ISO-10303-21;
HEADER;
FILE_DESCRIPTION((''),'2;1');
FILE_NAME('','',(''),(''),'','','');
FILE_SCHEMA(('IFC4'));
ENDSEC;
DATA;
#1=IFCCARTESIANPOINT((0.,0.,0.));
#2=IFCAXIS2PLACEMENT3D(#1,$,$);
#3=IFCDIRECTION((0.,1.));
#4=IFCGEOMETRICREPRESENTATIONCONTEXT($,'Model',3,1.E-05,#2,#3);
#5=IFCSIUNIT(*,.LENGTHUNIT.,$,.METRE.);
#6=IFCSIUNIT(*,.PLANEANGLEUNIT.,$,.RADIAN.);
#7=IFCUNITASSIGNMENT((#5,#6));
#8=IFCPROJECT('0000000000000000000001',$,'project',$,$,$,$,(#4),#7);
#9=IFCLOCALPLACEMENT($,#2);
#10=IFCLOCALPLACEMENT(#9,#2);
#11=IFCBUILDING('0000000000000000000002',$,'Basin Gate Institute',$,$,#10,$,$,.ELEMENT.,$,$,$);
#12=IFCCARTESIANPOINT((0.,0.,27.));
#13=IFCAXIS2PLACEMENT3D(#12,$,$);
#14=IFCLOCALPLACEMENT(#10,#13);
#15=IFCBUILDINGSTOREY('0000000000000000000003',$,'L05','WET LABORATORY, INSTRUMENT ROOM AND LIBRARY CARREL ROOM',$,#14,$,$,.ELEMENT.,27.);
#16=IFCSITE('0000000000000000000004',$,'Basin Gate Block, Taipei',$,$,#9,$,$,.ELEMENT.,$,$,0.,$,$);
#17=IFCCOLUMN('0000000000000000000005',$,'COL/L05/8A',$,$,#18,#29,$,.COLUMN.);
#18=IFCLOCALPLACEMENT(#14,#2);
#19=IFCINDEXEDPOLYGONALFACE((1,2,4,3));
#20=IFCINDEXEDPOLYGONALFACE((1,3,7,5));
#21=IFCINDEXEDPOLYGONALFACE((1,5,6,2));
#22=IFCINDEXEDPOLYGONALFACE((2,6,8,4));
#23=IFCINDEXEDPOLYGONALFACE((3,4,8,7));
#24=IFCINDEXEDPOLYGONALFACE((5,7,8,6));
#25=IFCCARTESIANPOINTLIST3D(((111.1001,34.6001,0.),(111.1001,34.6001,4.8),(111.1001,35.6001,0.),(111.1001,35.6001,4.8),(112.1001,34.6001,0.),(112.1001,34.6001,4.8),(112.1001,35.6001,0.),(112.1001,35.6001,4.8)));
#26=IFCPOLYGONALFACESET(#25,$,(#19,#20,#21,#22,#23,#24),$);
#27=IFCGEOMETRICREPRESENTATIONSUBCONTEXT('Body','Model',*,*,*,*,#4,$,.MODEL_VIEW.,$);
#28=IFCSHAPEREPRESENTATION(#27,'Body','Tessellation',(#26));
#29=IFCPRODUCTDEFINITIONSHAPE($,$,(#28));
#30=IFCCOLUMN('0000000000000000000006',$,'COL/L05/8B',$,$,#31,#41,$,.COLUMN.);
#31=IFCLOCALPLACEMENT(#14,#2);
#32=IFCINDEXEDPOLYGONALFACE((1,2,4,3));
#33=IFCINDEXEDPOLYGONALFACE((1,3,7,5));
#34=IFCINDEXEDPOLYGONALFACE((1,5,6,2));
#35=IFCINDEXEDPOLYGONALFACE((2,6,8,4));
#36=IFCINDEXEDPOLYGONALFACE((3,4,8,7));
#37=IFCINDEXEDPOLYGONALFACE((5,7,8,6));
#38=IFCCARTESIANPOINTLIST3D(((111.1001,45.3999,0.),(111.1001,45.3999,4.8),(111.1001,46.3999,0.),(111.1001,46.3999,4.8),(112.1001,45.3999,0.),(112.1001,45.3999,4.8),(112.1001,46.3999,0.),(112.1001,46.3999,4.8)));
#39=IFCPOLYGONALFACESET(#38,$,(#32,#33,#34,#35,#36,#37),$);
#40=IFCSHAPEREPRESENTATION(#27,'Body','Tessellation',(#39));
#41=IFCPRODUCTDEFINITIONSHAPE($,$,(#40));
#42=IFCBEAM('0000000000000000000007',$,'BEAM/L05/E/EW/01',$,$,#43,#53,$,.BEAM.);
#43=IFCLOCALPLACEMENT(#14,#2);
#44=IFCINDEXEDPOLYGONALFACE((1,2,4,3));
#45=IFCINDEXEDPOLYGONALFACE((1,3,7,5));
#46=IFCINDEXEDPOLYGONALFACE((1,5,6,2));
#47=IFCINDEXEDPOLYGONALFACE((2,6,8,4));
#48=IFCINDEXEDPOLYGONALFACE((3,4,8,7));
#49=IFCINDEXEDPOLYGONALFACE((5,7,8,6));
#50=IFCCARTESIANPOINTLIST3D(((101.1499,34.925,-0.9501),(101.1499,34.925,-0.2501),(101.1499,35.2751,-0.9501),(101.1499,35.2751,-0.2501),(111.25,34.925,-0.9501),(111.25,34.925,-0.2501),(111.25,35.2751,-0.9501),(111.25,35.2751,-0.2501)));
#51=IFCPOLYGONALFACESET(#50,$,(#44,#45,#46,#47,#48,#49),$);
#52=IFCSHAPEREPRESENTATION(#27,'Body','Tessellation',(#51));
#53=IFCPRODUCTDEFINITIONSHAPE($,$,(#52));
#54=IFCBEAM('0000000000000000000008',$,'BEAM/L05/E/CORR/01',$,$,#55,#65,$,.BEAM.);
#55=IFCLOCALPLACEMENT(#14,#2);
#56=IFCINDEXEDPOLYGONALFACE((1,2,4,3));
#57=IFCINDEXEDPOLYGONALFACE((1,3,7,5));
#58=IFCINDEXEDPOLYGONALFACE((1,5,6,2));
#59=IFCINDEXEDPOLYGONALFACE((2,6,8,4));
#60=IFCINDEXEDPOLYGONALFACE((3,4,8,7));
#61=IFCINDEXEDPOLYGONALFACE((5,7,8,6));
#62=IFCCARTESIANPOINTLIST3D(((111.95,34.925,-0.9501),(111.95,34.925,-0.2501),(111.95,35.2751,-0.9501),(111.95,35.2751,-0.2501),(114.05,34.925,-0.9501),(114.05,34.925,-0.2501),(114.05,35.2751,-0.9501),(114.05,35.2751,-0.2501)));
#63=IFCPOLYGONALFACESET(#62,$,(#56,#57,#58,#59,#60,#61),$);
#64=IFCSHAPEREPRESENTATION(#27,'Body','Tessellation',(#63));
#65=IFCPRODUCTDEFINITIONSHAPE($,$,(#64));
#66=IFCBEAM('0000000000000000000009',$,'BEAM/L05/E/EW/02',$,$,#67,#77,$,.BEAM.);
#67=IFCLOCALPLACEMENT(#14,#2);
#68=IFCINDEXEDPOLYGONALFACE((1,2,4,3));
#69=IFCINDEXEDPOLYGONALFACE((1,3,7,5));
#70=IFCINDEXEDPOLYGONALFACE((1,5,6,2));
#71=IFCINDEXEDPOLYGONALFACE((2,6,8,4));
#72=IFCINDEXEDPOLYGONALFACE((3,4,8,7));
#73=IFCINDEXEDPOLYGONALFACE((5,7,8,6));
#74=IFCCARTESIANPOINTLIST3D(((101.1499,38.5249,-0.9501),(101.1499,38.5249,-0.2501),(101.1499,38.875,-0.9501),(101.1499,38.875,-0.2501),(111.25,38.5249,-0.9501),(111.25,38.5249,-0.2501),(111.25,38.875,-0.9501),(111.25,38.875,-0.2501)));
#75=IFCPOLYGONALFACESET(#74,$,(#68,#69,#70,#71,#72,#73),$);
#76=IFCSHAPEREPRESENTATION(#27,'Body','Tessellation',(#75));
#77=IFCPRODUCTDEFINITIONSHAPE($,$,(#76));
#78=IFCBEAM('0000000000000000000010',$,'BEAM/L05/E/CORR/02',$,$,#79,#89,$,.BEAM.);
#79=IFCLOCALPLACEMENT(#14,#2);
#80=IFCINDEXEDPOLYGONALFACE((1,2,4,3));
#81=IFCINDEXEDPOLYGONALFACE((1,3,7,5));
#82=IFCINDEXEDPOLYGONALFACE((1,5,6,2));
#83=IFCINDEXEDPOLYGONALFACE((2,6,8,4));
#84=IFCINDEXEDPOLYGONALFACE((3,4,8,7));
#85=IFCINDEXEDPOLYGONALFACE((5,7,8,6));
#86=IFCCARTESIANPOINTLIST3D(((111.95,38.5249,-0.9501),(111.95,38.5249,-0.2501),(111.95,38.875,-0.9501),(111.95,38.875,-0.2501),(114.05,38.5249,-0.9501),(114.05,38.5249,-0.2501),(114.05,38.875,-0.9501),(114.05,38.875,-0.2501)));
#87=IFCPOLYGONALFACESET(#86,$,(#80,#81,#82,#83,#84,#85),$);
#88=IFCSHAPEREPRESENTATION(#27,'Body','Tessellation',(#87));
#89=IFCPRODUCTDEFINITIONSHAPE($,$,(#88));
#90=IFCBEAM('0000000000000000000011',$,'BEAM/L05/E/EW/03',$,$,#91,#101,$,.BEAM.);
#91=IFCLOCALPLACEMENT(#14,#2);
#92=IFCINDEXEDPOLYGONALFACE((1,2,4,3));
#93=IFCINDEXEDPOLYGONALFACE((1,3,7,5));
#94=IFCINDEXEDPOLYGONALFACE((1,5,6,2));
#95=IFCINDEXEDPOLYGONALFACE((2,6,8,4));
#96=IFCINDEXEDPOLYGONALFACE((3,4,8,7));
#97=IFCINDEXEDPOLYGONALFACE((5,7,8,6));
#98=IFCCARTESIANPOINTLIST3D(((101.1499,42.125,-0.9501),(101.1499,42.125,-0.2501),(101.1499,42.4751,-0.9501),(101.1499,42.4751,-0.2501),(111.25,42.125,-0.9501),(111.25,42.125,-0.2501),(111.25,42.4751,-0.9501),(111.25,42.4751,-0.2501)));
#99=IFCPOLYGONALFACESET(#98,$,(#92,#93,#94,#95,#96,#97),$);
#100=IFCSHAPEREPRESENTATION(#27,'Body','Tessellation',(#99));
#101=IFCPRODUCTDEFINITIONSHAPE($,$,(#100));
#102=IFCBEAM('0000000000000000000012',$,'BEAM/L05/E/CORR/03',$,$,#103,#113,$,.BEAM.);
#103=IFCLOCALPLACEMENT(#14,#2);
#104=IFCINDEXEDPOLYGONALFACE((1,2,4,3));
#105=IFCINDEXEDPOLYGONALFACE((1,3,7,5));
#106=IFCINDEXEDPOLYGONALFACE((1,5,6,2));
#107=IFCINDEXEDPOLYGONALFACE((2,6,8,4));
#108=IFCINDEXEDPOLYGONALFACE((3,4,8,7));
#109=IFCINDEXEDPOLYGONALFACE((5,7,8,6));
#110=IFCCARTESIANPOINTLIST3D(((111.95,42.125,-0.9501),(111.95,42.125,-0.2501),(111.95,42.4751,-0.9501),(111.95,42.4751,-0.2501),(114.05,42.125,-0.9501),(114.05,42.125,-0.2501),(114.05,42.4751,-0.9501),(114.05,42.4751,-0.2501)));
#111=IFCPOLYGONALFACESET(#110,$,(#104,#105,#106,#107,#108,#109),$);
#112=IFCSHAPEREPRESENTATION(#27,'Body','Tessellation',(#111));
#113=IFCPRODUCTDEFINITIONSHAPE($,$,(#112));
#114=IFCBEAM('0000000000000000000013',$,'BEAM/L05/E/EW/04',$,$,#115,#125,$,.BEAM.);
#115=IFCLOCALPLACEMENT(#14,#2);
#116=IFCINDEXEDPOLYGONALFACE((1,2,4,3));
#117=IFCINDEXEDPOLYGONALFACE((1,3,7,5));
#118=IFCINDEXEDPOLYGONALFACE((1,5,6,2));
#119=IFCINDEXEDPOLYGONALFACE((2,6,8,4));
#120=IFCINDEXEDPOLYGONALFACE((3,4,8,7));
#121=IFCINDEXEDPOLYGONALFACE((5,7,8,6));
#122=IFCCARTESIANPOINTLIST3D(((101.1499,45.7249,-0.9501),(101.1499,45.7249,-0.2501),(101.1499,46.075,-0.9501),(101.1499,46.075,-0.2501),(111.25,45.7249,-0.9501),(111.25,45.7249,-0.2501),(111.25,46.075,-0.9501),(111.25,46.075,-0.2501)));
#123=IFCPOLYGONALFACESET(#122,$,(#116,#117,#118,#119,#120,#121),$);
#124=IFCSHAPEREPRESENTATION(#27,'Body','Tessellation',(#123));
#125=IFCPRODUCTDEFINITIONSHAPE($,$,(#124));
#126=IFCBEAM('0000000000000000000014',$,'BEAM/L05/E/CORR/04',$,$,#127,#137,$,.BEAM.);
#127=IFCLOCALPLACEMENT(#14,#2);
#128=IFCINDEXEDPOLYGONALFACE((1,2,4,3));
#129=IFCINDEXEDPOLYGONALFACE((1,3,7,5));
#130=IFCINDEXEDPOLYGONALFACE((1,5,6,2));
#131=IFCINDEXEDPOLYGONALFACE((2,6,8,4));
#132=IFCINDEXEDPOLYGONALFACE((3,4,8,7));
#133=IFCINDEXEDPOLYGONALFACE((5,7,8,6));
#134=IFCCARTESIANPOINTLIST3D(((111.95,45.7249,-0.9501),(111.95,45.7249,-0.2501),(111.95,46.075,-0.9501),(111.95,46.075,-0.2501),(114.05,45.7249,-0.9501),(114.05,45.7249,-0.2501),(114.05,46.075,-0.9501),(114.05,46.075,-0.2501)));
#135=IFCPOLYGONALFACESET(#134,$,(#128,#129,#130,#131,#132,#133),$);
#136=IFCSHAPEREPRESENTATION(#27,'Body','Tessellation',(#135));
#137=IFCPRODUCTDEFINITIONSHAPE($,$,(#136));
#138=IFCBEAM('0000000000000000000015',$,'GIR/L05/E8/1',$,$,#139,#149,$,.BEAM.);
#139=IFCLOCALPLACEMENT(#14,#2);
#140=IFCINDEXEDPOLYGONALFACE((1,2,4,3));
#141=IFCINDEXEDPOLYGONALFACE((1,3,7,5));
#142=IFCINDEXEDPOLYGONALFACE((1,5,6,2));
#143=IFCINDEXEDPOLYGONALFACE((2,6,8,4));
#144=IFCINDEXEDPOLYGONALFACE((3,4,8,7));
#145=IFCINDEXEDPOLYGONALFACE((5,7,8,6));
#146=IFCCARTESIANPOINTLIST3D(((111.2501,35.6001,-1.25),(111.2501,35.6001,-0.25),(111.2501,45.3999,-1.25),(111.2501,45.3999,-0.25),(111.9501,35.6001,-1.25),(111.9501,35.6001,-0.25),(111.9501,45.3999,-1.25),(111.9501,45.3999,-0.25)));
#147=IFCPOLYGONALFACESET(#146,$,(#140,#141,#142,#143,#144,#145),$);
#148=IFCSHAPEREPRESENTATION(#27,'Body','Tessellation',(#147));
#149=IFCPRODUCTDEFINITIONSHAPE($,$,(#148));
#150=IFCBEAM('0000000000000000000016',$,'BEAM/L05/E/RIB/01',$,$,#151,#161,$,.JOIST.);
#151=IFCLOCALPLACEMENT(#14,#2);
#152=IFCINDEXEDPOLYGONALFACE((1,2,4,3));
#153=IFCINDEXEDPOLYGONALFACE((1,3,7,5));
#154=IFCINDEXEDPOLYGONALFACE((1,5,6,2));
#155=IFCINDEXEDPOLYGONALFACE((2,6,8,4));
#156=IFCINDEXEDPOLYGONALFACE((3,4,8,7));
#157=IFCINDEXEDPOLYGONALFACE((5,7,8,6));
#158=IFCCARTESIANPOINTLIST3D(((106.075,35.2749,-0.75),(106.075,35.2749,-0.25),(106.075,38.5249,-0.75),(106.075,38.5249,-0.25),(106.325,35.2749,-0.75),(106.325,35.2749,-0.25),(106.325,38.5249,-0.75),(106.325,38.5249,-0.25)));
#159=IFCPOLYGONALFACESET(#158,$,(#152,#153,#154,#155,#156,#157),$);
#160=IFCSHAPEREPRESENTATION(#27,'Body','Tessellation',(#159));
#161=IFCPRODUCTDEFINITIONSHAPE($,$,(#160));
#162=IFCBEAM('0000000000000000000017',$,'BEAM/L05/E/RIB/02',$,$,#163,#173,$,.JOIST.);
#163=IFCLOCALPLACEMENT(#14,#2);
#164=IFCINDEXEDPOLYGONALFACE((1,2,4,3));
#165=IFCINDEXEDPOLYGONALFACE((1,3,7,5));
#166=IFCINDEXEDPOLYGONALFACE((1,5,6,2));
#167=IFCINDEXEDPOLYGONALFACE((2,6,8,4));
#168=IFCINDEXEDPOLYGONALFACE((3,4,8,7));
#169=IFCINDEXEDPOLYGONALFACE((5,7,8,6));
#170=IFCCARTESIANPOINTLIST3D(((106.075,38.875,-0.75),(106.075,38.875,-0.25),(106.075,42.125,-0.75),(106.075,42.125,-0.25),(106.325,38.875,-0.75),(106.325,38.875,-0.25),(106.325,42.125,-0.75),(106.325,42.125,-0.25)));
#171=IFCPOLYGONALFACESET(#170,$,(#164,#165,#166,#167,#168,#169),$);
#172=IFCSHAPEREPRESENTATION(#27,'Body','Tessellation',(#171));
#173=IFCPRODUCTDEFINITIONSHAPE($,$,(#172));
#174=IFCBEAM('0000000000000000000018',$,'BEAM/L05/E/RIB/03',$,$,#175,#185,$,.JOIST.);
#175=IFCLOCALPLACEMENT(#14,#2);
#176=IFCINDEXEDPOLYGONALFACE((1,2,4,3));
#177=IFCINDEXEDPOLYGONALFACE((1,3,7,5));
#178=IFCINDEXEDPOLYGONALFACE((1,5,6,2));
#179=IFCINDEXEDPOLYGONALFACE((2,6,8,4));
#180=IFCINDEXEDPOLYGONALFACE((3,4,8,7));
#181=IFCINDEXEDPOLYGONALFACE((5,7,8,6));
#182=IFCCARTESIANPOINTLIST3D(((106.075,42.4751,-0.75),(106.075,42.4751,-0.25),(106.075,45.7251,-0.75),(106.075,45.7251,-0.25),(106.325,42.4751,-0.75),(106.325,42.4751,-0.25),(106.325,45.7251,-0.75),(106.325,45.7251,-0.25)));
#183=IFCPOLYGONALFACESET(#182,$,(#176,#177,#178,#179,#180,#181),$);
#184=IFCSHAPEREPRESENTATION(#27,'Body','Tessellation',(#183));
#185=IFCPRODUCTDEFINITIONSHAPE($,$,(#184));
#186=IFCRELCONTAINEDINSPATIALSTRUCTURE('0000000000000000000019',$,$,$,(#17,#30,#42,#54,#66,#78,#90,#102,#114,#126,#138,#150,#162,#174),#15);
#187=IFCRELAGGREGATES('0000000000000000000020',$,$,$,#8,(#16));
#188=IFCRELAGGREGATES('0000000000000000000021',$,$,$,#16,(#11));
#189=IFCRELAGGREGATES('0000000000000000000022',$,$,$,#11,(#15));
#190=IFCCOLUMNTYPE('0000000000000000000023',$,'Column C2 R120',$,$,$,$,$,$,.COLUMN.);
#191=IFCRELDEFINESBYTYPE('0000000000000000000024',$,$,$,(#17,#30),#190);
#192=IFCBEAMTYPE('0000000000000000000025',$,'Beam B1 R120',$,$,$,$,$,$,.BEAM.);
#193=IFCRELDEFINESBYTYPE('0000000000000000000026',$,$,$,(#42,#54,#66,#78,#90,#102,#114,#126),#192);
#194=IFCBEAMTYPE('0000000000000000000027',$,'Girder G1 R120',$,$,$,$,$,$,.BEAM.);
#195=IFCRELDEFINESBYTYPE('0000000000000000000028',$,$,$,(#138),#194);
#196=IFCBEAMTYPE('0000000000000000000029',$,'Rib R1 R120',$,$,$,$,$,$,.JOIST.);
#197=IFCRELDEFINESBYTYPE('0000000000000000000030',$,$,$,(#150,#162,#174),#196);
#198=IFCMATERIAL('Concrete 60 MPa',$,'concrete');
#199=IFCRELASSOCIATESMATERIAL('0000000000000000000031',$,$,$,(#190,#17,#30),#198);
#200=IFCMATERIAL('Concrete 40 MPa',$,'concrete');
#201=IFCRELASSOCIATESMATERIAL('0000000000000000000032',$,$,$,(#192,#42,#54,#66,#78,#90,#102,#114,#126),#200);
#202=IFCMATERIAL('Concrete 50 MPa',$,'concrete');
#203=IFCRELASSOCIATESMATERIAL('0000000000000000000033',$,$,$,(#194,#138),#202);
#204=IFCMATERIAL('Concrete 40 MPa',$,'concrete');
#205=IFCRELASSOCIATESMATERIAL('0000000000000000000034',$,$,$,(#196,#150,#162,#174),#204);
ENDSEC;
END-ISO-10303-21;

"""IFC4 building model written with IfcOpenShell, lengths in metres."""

from ifc_helpers import new_model, si_unit, direction, frame, origin, origin_2d, place, context, subcontext, project, spatial, rectangle, extrude, material, material_profile, profile_set, type_object, element, save


model = new_model("IFC4")

# Units and contexts
model_context = context("Model", 3, precision=1e-05, world=origin(), true_north=direction((0.0, 1.0)))
body_context = subcontext(model_context, "Body", "Model", "MODEL_VIEW")
ifc_project = project(units=[si_unit("LENGTHUNIT", "METRE"), si_unit("PLANEANGLEUNIT", "RADIAN")], contexts=[model_context])

# Site, building, storey
site_placement = place(None, origin())
site = spatial("IfcSite", under=ifc_project, at=site_placement, Name="Basin Gate Block, Taipei", CompositionType="ELEMENT", RefElevation=0.0)
building_placement = place(site_placement, origin())
building = spatial("IfcBuilding", under=site, at=building_placement, Name="Basin Gate Institute", CompositionType="ELEMENT")
storey_placement = place(building_placement, frame((0.0, 0.0, 27.0)))
storey = spatial("IfcBuildingStorey", under=building, at=storey_placement, Name="L05", Description="WET LABORATORY, INSTRUMENT ROOM AND LIBRARY CARREL ROOM", CompositionType="ELEMENT", Elevation=27.0)

# Columns
ifc_material_1 = material(Name="Concrete 60 MPa", Category="concrete")
ifc_material_profile_1 = material_profile(ifc_material_1, rectangle(XDim=1.0, YDim=1.0, at=origin_2d()), Name="Column C2 1000 x 1000")
ifc_profile_set_1 = profile_set([ifc_material_profile_1], Name="Concrete 60 MPa")
column_type = type_object("IfcColumnType", Name="Column C2 R120", PredefinedType="COLUMN", material=ifc_profile_set_1)
for number, where, z_axis, x_axis, name in (
    (1, (111.6001, 35.1001, 0.0), (0.0, 0.0, 1.0), (1.0, 0.0, 0.0), "COL/L05/8A"),
    (2, (111.6001, 45.8999, 0.0), (0.0, 0.0, 1.0), (1.0, 0.0, 0.0), "COL/L05/8B"),
):
    element("IfcColumn", number, at=place(storey_placement, frame(where, z_axis=z_axis, x_axis=x_axis)), inside=storey, type_object=column_type, material=ifc_profile_set_1, Name=name, PredefinedType="COLUMN", context=body_context, shape_type="SweptSolid", body=[
        extrude(rectangle(XDim=1.0, YDim=1.0, at=origin_2d()), origin(), (0.0, 0.0, 1.0), 4.8),
    ])

# Beams
ifc_material_2 = material(Name="Concrete 40 MPa", Category="concrete")
ifc_material_profile_2 = material_profile(ifc_material_2, rectangle(XDim=0.3501, YDim=0.7, at=origin_2d()), Name="Beam B1 350 x 700")
ifc_profile_set_2 = profile_set([ifc_material_profile_2], Name="Concrete 40 MPa")
beam_type_1 = type_object("IfcBeamType", Name="Beam B1 R120", PredefinedType="BEAM", material=ifc_profile_set_2)
beam_1_placement = place(storey_placement, frame((111.25, 35.1001, -0.6001), z_axis=(-1.0, 0.0, 0.0), x_axis=(0.0, -1.0, 0.0)))
element("IfcBeam", 3, at=beam_1_placement, inside=storey, type_object=beam_type_1, material=ifc_profile_set_2, Name="BEAM/L05/E/EW/01", PredefinedType="BEAM", context=body_context, shape_type="SweptSolid", body=[
    extrude(rectangle(XDim=0.3501, YDim=0.7, at=origin_2d()), origin(), (0.0, 0.0, 1.0), 10.1001),
])
beam_2_placement = place(storey_placement, frame((114.05, 35.1001, -0.6001), z_axis=(-1.0, 0.0, 0.0), x_axis=(0.0, -1.0, 0.0)))
element("IfcBeam", 4, at=beam_2_placement, inside=storey, type_object=beam_type_1, material=ifc_profile_set_2, Name="BEAM/L05/E/CORR/01", PredefinedType="BEAM", context=body_context, shape_type="SweptSolid", body=[
    extrude(rectangle(XDim=0.3501, YDim=0.7, at=origin_2d()), origin(), (0.0, 0.0, 1.0), 2.1001),
])
beam_3_placement = place(storey_placement, frame((111.25, 38.7, -0.6001), z_axis=(-1.0, 0.0, 0.0), x_axis=(0.0, -1.0, 0.0)))
element("IfcBeam", 5, at=beam_3_placement, inside=storey, type_object=beam_type_1, material=ifc_profile_set_2, Name="BEAM/L05/E/EW/02", PredefinedType="BEAM", context=body_context, shape_type="SweptSolid", body=[
    extrude(rectangle(XDim=0.3501, YDim=0.7, at=origin_2d()), origin(), (0.0, 0.0, 1.0), 10.1001),
])
beam_4_placement = place(storey_placement, frame((114.05, 38.7, -0.6001), z_axis=(-1.0, 0.0, 0.0), x_axis=(0.0, -1.0, 0.0)))
element("IfcBeam", 6, at=beam_4_placement, inside=storey, type_object=beam_type_1, material=ifc_profile_set_2, Name="BEAM/L05/E/CORR/02", PredefinedType="BEAM", context=body_context, shape_type="SweptSolid", body=[
    extrude(rectangle(XDim=0.3501, YDim=0.7, at=origin_2d()), origin(), (0.0, 0.0, 1.0), 2.1001),
])
beam_5_placement = place(storey_placement, frame((111.25, 42.3, -0.6001), z_axis=(-1.0, 0.0, 0.0), x_axis=(0.0, -1.0, 0.0)))
element("IfcBeam", 7, at=beam_5_placement, inside=storey, type_object=beam_type_1, material=ifc_profile_set_2, Name="BEAM/L05/E/EW/03", PredefinedType="BEAM", context=body_context, shape_type="SweptSolid", body=[
    extrude(rectangle(XDim=0.3501, YDim=0.7, at=origin_2d()), origin(), (0.0, 0.0, 1.0), 10.1001),
])
beam_6_placement = place(storey_placement, frame((114.05, 42.3, -0.6001), z_axis=(-1.0, 0.0, 0.0), x_axis=(0.0, -1.0, 0.0)))
element("IfcBeam", 8, at=beam_6_placement, inside=storey, type_object=beam_type_1, material=ifc_profile_set_2, Name="BEAM/L05/E/CORR/03", PredefinedType="BEAM", context=body_context, shape_type="SweptSolid", body=[
    extrude(rectangle(XDim=0.3501, YDim=0.7, at=origin_2d()), origin(), (0.0, 0.0, 1.0), 2.1001),
])
beam_7_placement = place(storey_placement, frame((111.25, 45.8999, -0.6001), z_axis=(-1.0, 0.0, 0.0), x_axis=(0.0, -1.0, 0.0)))
element("IfcBeam", 9, at=beam_7_placement, inside=storey, type_object=beam_type_1, material=ifc_profile_set_2, Name="BEAM/L05/E/EW/04", PredefinedType="BEAM", context=body_context, shape_type="SweptSolid", body=[
    extrude(rectangle(XDim=0.3501, YDim=0.7, at=origin_2d()), origin(), (0.0, 0.0, 1.0), 10.1001),
])
beam_8_placement = place(storey_placement, frame((114.05, 45.8999, -0.6001), z_axis=(-1.0, 0.0, 0.0), x_axis=(0.0, -1.0, 0.0)))
element("IfcBeam", 10, at=beam_8_placement, inside=storey, type_object=beam_type_1, material=ifc_profile_set_2, Name="BEAM/L05/E/CORR/04", PredefinedType="BEAM", context=body_context, shape_type="SweptSolid", body=[
    extrude(rectangle(XDim=0.3501, YDim=0.7, at=origin_2d()), origin(), (0.0, 0.0, 1.0), 2.1001),
])
ifc_material_3 = material(Name="Concrete 50 MPa", Category="concrete")
ifc_material_profile_3 = material_profile(ifc_material_3, rectangle(XDim=0.7, YDim=1.0, at=origin_2d()), Name="Girder G1 700 x 1000")
ifc_profile_set_3 = profile_set([ifc_material_profile_3], Name="Concrete 50 MPa")
beam_type_2 = type_object("IfcBeamType", Name="Girder G1 R120", PredefinedType="BEAM", material=ifc_profile_set_3)
beam_9_placement = place(storey_placement, frame((111.6001, 35.6001, -0.75), z_axis=(0.0, 1.0, 0.0), x_axis=(-1.0, 0.0, 0.0)))
element("IfcBeam", 11, at=beam_9_placement, inside=storey, type_object=beam_type_2, material=ifc_profile_set_3, Name="GIR/L05/E8/1", PredefinedType="BEAM", context=body_context, shape_type="SweptSolid", body=[
    extrude(rectangle(XDim=0.7, YDim=1.0, at=origin_2d()), origin(), (0.0, 0.0, 1.0), 9.7998),
])
ifc_material_4 = material(Name="Concrete 40 MPa", Category="concrete")
ifc_material_profile_4 = material_profile(ifc_material_4, rectangle(XDim=0.25, YDim=0.5, at=origin_2d()), Name="Rib R1 250 x 500")
ifc_profile_set_4 = profile_set([ifc_material_profile_4], Name="Concrete 40 MPa")
beam_type_3 = type_object("IfcBeamType", Name="Rib R1 R120", PredefinedType="JOIST", material=ifc_profile_set_4)
for number, where, z_axis, x_axis, name in (
    (12, (106.2, 35.2749, -0.5), (0.0, 1.0, 0.0), (-1.0, 0.0, 0.0), "BEAM/L05/E/RIB/01"),
    (13, (106.2, 38.875, -0.5), (0.0, 1.0, 0.0), (-1.0, 0.0, 0.0), "BEAM/L05/E/RIB/02"),
    (14, (106.2, 42.4751, -0.5), (0.0, 1.0, 0.0), (-1.0, 0.0, 0.0), "BEAM/L05/E/RIB/03"),
):
    element("IfcBeam", number, at=place(storey_placement, frame(where, z_axis=z_axis, x_axis=x_axis)), inside=storey, type_object=beam_type_3, material=ifc_profile_set_4, Name=name, PredefinedType="JOIST", context=body_context, shape_type="SweptSolid", body=[
        extrude(rectangle(XDim=0.25, YDim=0.5, at=origin_2d()), origin(), (0.0, 0.0, 1.0), 3.25),
    ])

save(model, "model.ifc")
